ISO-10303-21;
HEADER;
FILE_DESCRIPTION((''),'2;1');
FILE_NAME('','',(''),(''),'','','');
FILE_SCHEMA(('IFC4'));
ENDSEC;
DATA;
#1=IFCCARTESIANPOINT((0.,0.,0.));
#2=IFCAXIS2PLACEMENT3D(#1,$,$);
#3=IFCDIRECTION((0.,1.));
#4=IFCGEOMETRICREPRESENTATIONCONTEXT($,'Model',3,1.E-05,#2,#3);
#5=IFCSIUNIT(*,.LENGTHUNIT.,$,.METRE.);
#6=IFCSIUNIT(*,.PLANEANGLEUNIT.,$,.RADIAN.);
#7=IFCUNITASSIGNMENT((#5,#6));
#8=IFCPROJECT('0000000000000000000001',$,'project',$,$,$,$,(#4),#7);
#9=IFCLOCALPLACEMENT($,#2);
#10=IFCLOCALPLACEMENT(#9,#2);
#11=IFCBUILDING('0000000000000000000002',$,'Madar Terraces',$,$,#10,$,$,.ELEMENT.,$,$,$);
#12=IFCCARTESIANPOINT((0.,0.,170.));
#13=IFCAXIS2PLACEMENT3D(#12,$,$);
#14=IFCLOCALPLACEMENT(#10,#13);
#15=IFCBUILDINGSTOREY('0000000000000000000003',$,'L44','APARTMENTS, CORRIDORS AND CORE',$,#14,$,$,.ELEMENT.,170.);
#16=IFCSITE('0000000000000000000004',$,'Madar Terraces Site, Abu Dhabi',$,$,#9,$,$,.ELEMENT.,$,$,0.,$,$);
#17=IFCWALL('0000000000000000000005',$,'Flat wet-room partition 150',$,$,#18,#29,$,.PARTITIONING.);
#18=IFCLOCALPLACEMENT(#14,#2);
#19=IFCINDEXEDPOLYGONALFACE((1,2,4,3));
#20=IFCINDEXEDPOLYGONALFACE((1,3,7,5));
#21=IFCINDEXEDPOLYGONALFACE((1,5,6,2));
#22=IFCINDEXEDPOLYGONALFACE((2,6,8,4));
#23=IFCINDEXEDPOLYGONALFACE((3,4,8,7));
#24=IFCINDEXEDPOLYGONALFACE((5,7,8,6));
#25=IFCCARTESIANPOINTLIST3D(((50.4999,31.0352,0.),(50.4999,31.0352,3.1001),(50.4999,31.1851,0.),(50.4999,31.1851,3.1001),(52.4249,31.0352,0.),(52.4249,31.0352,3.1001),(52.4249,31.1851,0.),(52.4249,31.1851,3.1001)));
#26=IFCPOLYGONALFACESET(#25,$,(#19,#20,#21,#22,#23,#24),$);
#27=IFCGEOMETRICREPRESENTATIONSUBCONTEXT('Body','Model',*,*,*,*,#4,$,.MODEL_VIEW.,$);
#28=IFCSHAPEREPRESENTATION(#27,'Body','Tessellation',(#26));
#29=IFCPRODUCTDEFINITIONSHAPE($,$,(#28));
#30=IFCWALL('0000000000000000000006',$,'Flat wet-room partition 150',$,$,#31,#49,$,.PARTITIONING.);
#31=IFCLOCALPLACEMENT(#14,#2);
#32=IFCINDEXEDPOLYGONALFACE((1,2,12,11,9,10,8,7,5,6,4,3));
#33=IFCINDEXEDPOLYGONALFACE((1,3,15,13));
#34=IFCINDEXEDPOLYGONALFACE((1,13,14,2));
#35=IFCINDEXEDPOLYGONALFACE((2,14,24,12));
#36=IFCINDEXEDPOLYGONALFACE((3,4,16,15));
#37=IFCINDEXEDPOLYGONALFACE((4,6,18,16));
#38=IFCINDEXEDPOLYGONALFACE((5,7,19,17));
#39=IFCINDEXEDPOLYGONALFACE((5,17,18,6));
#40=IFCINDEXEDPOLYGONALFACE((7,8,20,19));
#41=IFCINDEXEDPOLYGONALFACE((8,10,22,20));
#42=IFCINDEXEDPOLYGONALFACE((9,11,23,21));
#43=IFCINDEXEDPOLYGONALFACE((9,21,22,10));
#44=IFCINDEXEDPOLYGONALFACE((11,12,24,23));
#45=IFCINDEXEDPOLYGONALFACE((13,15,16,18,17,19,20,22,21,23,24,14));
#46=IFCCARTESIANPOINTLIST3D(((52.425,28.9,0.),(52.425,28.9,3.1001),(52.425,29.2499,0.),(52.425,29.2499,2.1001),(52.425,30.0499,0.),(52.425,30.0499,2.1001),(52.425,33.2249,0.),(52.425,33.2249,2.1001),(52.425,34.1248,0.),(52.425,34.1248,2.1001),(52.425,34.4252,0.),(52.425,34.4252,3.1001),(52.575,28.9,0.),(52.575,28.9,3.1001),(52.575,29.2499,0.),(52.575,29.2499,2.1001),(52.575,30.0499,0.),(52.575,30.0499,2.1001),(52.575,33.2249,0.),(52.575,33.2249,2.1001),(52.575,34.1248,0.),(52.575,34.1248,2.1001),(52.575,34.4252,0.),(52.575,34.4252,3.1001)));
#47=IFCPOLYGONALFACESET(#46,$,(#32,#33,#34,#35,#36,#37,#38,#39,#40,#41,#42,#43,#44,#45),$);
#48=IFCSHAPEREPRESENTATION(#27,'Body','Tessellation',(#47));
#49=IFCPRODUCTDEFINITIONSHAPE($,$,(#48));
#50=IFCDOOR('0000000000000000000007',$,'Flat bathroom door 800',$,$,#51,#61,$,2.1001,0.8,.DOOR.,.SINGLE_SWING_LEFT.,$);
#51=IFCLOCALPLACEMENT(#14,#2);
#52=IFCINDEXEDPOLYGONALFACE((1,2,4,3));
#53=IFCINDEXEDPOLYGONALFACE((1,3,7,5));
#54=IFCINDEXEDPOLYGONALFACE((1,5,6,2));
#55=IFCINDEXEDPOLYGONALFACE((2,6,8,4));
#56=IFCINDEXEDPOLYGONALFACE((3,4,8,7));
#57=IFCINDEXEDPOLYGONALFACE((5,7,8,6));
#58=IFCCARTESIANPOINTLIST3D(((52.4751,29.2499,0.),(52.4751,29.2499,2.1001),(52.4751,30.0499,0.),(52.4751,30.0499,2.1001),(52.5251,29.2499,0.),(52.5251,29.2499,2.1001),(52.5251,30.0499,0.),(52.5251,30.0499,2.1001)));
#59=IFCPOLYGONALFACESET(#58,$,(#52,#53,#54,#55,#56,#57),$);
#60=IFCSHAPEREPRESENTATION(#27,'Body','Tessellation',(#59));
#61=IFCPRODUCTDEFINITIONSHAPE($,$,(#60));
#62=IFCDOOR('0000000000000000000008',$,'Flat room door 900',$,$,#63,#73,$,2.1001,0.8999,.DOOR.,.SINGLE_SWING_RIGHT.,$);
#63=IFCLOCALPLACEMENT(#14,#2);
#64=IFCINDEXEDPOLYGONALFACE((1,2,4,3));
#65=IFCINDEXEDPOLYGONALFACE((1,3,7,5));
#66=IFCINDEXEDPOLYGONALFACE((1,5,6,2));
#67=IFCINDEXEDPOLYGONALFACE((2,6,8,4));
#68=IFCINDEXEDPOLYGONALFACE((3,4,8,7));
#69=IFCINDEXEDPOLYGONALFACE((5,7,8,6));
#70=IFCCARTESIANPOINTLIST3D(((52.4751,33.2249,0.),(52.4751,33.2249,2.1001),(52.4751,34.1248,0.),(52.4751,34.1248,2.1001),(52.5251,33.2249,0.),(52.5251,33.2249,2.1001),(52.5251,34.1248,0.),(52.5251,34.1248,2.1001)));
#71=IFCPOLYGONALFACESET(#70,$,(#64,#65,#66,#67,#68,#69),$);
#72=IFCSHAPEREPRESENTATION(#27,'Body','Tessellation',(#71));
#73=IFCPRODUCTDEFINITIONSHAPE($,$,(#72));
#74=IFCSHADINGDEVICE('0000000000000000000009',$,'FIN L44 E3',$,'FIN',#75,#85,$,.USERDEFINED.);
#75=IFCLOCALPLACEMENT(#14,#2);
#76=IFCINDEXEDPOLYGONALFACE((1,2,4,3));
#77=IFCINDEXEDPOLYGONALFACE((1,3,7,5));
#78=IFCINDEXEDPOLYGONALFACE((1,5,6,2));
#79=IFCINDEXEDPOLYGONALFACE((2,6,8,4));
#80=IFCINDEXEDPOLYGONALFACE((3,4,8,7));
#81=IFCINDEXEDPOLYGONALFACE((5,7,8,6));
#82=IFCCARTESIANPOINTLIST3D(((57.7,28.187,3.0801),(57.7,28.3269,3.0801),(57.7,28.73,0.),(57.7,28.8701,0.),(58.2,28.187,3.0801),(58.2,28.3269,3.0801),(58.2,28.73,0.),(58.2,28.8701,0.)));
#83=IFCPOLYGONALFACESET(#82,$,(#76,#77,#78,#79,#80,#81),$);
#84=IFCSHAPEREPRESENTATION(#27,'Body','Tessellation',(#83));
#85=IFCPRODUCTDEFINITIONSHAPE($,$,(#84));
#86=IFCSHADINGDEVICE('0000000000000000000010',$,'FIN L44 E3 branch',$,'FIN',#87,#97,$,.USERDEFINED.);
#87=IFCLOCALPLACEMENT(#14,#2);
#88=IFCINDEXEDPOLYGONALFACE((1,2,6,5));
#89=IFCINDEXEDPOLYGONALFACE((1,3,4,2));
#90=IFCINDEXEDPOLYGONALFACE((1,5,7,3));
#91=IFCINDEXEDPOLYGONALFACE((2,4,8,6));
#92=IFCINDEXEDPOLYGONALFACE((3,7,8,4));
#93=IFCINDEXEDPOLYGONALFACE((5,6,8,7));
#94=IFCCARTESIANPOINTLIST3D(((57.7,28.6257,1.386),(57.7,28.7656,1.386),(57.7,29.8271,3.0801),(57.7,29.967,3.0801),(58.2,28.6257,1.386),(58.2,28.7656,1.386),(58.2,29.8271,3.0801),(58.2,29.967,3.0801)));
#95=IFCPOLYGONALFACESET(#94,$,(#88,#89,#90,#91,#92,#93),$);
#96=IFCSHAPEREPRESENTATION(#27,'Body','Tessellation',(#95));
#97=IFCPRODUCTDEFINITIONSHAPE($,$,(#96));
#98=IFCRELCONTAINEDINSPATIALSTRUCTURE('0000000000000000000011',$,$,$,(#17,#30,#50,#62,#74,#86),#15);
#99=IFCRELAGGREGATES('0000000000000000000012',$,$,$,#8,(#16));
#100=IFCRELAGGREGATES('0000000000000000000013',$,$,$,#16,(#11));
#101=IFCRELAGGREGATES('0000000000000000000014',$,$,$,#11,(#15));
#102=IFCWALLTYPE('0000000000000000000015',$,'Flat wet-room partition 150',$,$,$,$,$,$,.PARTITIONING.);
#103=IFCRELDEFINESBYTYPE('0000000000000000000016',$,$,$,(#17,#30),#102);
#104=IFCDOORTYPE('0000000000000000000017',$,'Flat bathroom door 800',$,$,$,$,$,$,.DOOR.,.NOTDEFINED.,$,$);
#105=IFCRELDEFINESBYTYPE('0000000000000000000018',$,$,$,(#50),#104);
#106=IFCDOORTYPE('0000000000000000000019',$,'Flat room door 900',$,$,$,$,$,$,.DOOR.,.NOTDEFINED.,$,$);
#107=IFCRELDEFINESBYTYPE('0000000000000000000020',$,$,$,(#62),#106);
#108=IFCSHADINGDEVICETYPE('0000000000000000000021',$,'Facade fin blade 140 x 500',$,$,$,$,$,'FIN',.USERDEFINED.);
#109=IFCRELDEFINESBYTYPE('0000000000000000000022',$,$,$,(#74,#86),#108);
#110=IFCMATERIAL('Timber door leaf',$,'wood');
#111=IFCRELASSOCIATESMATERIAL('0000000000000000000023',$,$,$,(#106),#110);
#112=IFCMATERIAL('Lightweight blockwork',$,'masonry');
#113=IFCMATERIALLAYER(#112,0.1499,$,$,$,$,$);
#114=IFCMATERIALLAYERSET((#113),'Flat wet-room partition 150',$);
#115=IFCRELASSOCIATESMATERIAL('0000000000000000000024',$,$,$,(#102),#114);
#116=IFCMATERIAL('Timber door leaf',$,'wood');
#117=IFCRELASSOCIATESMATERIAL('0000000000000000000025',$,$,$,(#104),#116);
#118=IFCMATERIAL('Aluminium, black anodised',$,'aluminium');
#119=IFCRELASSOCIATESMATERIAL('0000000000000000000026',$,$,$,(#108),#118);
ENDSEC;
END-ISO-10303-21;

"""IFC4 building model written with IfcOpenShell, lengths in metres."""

from ifc_helpers import new_model, si_unit, direction, frame, frame_2d, origin, place, context, subcontext, project, spatial, polyline, rectangle, outline, extrude, material, layer, layer_set, type_object, element, fill, save


model = new_model("IFC4")

# Units and contexts
model_context = context("Model", 3, precision=1e-05, world=origin(), true_north=direction((0.0, 1.0)))
body_context = subcontext(model_context, "Body", "Model", "MODEL_VIEW")
ifc_project = project(units=[si_unit("LENGTHUNIT", "METRE"), si_unit("PLANEANGLEUNIT", "RADIAN")], contexts=[model_context])

# Site, building, storey
site_placement = place(None, origin())
site = spatial("IfcSite", under=ifc_project, at=site_placement, Name="Madar Terraces Site, Abu Dhabi", CompositionType="ELEMENT", RefElevation=0.0)
building_placement = place(site_placement, origin())
building = spatial("IfcBuilding", under=site, at=building_placement, Name="Madar Terraces", CompositionType="ELEMENT")
storey_placement = place(building_placement, frame((0.0, 0.0, 170.0)))
storey = spatial("IfcBuildingStorey", under=building, at=storey_placement, Name="L44", Description="APARTMENTS, CORRIDORS AND CORE", CompositionType="ELEMENT", Elevation=170.0)

# Shared definitions
ifc_material_1 = material(Name="Timber door leaf", Category="wood")
door_type_1 = type_object("IfcDoorType", Name="Flat room door 900", OperationType="NOTDEFINED", PredefinedType="DOOR", material=ifc_material_1)

# Wall
ifc_material_2 = material(Name="Lightweight blockwork", Category="masonry")
ifc_layer_1 = layer(ifc_material_2, 0.1499)
ifc_layer_set_1 = layer_set([ifc_layer_1], Name="Flat wet-room partition 150")
wall_type_1 = type_object("IfcWallType", Name="Flat wet-room partition 150", PredefinedType="PARTITIONING", material=ifc_layer_set_1)
wall_1_placement = place(storey_placement, frame((50.5, 31.1101, 0.0), z_axis=(0.0, 0.0, 1.0), x_axis=(1.0, 0.0, 0.0)))
element("IfcWall", 1, at=wall_1_placement, inside=storey, type_object=wall_type_1, Name="Flat wet-room partition 150", PredefinedType="PARTITIONING", context=body_context, shape_type="SweptSolid", body=[
    extrude(rectangle(XDim=1.925, YDim=0.1499, at=frame_2d((0.9624, 0.0))), origin(), (0.0, 0.0, 1.0), 3.1001),
])

# Wall, openings, doors
wall_2_placement = place(storey_placement, frame((52.5, 28.8999, 0.0), z_axis=(0.0, 0.0, 1.0), x_axis=(0.0, 1.0, 0.0)))
wall_2 = element("IfcWall", 2, at=wall_2_placement, inside=storey, type_object=wall_type_1, Name="Flat wet-room partition 150", PredefinedType="PARTITIONING", context=body_context, shape_type="SweptSolid", body=[
    extrude(rectangle(XDim=5.5251, YDim=0.1499, at=frame_2d((2.7627, 0.0))), origin(), (0.0, 0.0, 1.0), 3.1001),
])
opening_1_placement = place(wall_2_placement, frame((4.325, 0.0, 0.0)))
opening_1 = element("IfcOpeningElement", 3, at=opening_1_placement, cuts=wall_2, PredefinedType="OPENING", context=body_context, shape_type="SweptSolid", body=[
    extrude(rectangle(XDim=0.8999, YDim=2.1001, at=frame_2d((0.45, 1.05))), frame((0.0, 0.085, 0.0), z_axis=(0.0, -1.0, 0.0), x_axis=(1.0, 0.0, 0.0)), (0.0, 0.0, 1.0), 0.1699),
])
opening_2_placement = place(wall_2_placement, frame((0.3501, 0.0, 0.0)))
opening_2 = element("IfcOpeningElement", 4, at=opening_2_placement, cuts=wall_2, PredefinedType="OPENING", context=body_context, shape_type="SweptSolid", body=[
    extrude(rectangle(XDim=0.8, YDim=2.1001, at=frame_2d((0.3999, 1.05))), frame((0.0, 0.085, 0.0), z_axis=(0.0, -1.0, 0.0), x_axis=(1.0, 0.0, 0.0)), (0.0, 0.0, 1.0), 0.1699),
])
ifc_material_3 = material(Name="Timber door leaf", Category="wood")
door_type_2 = type_object("IfcDoorType", Name="Flat bathroom door 800", OperationType="NOTDEFINED", PredefinedType="DOOR", material=ifc_material_3)
door_1_placement = place(opening_2_placement, origin())
door_1 = element("IfcDoor", 5, at=door_1_placement, inside=storey, type_object=door_type_2, Name="Flat bathroom door 800", OperationType="SINGLE_SWING_LEFT", OverallHeight=2.1001, OverallWidth=0.8, PredefinedType="DOOR", context=body_context, shape_type="SweptSolid", body=[
    extrude(rectangle(XDim=0.8, YDim=2.1001, at=frame_2d((0.3999, 1.05))), frame((0.0, 0.0249, 0.0), z_axis=(0.0, -1.0, 0.0), x_axis=(1.0, 0.0, 0.0)), (0.0, 0.0, 1.0), 0.05),
])
fill(opening_2, door_1)
door_2_placement = place(opening_1_placement, origin())
door_2 = element("IfcDoor", 6, at=door_2_placement, inside=storey, type_object=door_type_1, Name="Flat room door 900", OperationType="SINGLE_SWING_RIGHT", OverallHeight=2.1001, OverallWidth=0.8999, PredefinedType="DOOR", context=body_context, shape_type="SweptSolid", body=[
    extrude(rectangle(XDim=0.8999, YDim=2.1001, at=frame_2d((0.45, 1.05))), frame((0.0, 0.0249, 0.0), z_axis=(0.0, -1.0, 0.0), x_axis=(1.0, 0.0, 0.0)), (0.0, 0.0, 1.0), 0.05),
])
fill(opening_1, door_2)

# Shading devices
ifc_material_4 = material(Name="Aluminium, black anodised", Category="aluminium")
shading_device_type = type_object("IfcShadingDeviceType", Name="Facade fin blade 140 x 500", ElementType="FIN", PredefinedType="USERDEFINED", material=ifc_material_4)
shading_device_1_placement = place(storey_placement, frame((57.95, 28.73, 0.0), z_axis=(0.0, 0.0, 1.0), x_axis=(0.0, 1.0, 0.0)))
element("IfcShadingDevice", 7, at=shading_device_1_placement, inside=storey, type_object=shading_device_type, Name="FIN L44 E3", ObjectType="FIN", PredefinedType="USERDEFINED", context=body_context, shape_type="SweptSolid", body=[
    extrude(outline(polyline([(0.0, 0.0), (0.1401, 0.0), (-0.4031, 3.0801), (-0.543, 3.0801), (0.0, 0.0)])), frame((0.0, 0.25, 0.0), z_axis=(0.0, -1.0, 0.0), x_axis=(1.0, 0.0, 0.0)), (0.0, 0.0, 1.0), 0.5),
])
shading_device_2_placement = place(storey_placement, frame((57.95, 28.6257, 1.386), z_axis=(0.0, 0.0, 1.0), x_axis=(0.0, 1.0, 0.0)))
element("IfcShadingDevice", 8, at=shading_device_2_placement, inside=storey, type_object=shading_device_type, Name="FIN L44 E3 branch", ObjectType="FIN", PredefinedType="USERDEFINED", context=body_context, shape_type="SweptSolid", body=[
    extrude(outline(polyline([(0.0, 0.0), (0.1399, 0.0), (1.3413, 1.6941), (1.2014, 1.6941), (0.0, 0.0)])), frame((0.0, 0.25, 0.0), z_axis=(0.0, -1.0, 0.0), x_axis=(1.0, 0.0, 0.0)), (0.0, 0.0, 1.0), 0.5),
])

save(model, "model.ifc")
